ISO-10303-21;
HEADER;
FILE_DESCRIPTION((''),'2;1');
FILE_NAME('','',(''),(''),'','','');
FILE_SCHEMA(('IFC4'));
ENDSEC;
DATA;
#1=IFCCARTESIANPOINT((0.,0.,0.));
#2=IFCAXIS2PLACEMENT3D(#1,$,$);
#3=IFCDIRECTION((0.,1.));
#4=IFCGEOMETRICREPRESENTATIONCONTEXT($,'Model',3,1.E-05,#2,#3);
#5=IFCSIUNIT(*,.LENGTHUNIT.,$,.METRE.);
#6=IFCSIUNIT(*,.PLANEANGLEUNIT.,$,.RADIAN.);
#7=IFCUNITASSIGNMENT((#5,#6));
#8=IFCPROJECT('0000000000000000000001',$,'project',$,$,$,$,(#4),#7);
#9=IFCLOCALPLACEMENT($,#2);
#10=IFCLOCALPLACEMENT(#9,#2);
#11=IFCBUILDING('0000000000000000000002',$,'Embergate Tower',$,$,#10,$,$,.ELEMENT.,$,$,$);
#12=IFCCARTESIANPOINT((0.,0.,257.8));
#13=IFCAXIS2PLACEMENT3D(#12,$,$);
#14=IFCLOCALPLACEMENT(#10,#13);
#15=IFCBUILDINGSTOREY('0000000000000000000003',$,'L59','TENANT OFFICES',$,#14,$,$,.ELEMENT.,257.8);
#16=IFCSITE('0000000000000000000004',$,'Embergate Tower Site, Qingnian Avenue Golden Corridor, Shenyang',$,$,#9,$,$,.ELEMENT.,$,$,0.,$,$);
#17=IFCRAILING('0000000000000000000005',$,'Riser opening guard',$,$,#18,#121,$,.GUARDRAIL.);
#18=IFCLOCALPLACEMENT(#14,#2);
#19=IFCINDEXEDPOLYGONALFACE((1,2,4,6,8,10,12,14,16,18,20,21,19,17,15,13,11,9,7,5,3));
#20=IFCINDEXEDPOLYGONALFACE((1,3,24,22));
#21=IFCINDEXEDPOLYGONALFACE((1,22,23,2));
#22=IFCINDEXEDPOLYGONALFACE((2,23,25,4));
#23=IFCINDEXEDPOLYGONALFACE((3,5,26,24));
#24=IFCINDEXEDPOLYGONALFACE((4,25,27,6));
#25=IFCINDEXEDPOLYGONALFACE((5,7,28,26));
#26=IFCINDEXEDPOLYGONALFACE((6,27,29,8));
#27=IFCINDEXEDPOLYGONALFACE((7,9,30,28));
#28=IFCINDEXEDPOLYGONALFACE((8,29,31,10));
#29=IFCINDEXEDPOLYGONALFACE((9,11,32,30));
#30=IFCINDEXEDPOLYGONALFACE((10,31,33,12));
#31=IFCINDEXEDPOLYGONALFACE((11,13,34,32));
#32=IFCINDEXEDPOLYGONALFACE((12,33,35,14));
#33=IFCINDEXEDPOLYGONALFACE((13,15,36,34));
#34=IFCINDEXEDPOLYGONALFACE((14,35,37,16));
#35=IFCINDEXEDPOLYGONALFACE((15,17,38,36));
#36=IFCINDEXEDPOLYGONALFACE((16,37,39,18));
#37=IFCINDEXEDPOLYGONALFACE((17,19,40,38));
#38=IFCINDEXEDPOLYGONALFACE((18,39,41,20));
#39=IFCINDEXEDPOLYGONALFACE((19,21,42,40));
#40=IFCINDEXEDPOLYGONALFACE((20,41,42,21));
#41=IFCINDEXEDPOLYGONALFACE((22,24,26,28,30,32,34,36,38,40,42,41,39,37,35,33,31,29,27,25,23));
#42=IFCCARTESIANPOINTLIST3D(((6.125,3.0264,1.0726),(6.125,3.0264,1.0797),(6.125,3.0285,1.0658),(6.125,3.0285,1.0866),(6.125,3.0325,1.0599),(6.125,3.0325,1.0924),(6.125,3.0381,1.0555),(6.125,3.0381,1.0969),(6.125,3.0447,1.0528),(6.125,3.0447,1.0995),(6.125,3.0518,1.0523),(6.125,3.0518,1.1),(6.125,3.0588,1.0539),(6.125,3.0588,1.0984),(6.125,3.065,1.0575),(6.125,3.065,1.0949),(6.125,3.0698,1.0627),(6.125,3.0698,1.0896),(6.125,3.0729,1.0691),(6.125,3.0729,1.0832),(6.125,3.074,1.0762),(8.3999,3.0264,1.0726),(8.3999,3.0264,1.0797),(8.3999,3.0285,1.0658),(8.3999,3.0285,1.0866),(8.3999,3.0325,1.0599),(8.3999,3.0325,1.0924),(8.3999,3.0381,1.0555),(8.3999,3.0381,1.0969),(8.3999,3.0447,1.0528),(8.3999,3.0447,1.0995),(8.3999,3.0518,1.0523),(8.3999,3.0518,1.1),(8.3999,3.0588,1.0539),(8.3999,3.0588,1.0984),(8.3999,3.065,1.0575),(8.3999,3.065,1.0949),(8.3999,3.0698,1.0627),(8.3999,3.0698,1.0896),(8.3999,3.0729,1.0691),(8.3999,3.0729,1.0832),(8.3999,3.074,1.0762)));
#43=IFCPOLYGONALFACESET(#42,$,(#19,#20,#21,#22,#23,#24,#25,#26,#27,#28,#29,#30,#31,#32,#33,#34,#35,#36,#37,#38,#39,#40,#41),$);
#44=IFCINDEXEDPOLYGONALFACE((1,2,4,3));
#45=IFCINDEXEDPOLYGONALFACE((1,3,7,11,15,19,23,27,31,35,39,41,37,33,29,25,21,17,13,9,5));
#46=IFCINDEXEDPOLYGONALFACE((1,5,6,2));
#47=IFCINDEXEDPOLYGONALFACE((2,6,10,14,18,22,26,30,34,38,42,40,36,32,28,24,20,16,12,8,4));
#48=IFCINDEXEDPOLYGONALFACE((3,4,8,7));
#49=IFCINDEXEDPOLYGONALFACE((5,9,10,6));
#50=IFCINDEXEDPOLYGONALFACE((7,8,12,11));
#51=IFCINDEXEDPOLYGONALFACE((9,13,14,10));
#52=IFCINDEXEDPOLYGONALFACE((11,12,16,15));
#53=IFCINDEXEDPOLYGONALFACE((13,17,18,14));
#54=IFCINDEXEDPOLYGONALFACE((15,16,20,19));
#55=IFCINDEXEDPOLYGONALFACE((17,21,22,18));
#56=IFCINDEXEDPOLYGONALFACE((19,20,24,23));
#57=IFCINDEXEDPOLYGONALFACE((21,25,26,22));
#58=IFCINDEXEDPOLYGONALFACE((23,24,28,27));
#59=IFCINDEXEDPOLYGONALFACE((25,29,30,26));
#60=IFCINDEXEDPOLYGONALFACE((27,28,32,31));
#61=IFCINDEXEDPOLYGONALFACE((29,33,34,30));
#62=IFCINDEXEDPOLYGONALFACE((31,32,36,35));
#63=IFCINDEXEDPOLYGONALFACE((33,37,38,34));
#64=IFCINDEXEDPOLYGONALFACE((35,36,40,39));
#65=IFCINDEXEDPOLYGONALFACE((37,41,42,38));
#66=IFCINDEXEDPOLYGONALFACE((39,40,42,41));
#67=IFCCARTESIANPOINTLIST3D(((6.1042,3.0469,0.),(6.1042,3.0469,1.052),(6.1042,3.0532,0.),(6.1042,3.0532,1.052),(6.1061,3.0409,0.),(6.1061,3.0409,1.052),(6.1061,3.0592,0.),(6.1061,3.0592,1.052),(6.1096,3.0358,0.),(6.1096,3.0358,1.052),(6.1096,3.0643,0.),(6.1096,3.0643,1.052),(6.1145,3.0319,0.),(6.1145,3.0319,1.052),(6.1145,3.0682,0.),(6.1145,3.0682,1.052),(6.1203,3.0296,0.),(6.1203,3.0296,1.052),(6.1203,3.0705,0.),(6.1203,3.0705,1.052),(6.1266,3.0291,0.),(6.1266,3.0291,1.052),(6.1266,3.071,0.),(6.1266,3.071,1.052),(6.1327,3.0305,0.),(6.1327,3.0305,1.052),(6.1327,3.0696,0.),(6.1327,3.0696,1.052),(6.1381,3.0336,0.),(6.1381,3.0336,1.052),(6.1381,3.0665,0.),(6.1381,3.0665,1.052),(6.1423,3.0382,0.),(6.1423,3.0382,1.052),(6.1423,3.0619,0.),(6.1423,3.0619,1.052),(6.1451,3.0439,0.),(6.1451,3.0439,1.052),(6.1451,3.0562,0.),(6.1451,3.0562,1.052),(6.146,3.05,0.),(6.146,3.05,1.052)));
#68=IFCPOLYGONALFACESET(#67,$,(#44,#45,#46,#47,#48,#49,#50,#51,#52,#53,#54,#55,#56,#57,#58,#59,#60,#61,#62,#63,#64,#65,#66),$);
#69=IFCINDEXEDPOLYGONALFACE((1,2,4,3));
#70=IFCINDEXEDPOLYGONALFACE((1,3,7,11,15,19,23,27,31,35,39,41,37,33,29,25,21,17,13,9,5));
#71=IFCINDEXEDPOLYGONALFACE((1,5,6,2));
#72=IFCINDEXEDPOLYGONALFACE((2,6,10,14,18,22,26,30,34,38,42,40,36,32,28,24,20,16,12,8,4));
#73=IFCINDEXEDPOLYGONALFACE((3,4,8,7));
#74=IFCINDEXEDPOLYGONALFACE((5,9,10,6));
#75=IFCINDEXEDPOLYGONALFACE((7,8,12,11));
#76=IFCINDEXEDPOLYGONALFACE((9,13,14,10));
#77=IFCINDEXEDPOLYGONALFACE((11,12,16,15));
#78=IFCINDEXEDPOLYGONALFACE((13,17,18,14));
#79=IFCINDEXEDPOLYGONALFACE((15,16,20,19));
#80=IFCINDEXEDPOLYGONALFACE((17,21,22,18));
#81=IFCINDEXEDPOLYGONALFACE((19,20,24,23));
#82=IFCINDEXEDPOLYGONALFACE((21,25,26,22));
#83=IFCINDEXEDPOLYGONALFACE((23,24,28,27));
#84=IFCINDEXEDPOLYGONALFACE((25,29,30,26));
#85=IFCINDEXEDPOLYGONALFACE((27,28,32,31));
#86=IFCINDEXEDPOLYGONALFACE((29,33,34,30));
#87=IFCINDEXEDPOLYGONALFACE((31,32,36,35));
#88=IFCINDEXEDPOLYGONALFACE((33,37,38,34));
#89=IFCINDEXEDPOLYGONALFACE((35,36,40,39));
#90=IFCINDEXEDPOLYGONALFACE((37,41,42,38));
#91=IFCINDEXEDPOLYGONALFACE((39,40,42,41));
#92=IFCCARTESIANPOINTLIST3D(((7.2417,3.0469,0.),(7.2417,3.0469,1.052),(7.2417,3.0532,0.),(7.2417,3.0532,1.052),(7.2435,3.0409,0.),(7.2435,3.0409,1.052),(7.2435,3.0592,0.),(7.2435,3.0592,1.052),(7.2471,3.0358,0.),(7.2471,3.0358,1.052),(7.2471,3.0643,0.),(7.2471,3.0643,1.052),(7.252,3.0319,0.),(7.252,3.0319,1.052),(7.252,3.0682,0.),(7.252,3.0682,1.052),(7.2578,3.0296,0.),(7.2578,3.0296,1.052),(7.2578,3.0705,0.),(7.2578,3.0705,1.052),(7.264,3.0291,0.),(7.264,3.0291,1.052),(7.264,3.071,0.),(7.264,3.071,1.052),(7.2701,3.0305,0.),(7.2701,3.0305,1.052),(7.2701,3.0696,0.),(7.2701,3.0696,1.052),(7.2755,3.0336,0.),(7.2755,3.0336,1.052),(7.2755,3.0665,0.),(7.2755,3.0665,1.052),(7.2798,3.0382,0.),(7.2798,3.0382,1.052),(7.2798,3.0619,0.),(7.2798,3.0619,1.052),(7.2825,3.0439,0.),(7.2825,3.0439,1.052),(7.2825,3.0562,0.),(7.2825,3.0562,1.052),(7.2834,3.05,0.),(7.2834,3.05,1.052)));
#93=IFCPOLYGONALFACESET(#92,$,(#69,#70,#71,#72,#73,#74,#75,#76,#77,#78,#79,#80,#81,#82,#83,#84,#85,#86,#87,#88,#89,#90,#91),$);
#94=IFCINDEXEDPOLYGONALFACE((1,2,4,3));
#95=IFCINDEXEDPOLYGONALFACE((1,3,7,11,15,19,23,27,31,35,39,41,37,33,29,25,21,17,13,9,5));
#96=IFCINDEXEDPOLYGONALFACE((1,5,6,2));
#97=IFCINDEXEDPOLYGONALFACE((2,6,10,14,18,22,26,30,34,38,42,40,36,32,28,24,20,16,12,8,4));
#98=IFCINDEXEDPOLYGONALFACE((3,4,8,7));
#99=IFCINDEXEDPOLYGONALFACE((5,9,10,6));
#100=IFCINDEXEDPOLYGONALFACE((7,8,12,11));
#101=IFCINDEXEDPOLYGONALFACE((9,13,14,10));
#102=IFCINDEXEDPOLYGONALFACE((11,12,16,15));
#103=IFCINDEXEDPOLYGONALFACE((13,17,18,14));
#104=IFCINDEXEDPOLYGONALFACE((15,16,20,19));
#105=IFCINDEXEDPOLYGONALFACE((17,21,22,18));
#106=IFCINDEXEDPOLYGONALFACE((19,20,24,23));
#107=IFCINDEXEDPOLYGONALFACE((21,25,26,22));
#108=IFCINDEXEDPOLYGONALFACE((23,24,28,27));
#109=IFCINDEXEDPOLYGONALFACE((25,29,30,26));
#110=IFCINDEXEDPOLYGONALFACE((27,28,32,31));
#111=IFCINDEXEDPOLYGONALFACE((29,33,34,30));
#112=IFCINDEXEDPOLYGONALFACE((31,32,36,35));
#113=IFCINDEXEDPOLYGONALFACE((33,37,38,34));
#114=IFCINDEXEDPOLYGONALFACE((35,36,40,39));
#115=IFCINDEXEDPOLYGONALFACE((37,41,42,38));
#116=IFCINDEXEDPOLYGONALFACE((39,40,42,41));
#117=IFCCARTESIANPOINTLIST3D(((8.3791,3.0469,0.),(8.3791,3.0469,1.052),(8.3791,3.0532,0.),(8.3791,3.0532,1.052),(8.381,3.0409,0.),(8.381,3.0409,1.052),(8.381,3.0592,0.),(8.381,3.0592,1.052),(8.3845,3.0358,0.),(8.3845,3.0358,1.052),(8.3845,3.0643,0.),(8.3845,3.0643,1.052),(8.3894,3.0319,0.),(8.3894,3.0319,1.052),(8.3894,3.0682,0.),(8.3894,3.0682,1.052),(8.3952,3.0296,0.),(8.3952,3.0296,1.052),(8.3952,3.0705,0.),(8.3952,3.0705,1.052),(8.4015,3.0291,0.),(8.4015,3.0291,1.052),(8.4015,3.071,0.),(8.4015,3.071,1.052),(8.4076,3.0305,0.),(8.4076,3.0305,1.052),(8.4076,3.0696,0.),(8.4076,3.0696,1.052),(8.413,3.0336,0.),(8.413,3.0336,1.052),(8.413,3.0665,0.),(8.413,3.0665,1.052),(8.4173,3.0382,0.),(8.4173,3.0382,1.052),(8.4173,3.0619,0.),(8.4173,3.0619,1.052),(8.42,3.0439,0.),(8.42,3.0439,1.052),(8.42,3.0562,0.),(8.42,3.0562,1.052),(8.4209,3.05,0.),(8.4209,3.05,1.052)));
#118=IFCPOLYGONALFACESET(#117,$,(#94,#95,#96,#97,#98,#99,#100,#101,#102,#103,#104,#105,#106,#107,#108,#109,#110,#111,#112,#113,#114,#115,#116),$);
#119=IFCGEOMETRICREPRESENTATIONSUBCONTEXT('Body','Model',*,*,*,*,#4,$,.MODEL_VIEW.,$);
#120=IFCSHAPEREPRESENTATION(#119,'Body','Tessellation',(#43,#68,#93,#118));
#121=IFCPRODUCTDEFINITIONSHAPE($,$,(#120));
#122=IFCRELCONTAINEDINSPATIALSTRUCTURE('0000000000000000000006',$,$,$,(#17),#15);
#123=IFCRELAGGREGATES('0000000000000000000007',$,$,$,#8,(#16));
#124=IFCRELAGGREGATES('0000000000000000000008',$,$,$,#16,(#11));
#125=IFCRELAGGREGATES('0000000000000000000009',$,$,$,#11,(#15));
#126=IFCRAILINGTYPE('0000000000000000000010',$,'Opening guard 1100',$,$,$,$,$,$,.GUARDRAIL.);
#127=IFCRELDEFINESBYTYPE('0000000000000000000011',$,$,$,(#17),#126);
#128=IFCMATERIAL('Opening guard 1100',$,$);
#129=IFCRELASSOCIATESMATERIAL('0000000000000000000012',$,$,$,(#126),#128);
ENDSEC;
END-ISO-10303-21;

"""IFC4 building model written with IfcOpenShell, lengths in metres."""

from ifc_helpers import new_model, si_unit, direction, frame, origin, origin_2d, place, context, subcontext, project, spatial, circle, extrude, source, transform, mapped, material, type_object, element, save


model = new_model("IFC4")

# Units and contexts
model_context = context("Model", 3, precision=1e-05, world=origin(), true_north=direction((0.0, 1.0)))
body_context = subcontext(model_context, "Body", "Model", "MODEL_VIEW")
ifc_project = project(units=[si_unit("LENGTHUNIT", "METRE"), si_unit("PLANEANGLEUNIT", "RADIAN")], contexts=[model_context])

# Site, building, storey
site_placement = place(None, origin())
site = spatial("IfcSite", under=ifc_project, at=site_placement, Name="Embergate Tower Site, Qingnian Avenue Golden Corridor, Shenyang", CompositionType="ELEMENT", RefElevation=0.0)
building_placement = place(site_placement, origin())
building = spatial("IfcBuilding", under=site, at=building_placement, Name="Embergate Tower", CompositionType="ELEMENT")
storey_placement = place(building_placement, frame((0.0, 0.0, 257.8)))
storey = spatial("IfcBuildingStorey", under=building, at=storey_placement, Name="L59", Description="TENANT OFFICES", CompositionType="ELEMENT", Elevation=257.8)

# Railing
ifc_material_1 = material(Name="Opening guard 1100")
railing_type_1 = type_object("IfcRailingType", Name="Opening guard 1100", PredefinedType="GUARDRAIL", material=ifc_material_1)
shared_shape_1 = source(origin(), body_context, "Body", "SweptSolid", [
    extrude(circle(Radius=0.0239, at=origin_2d()), frame((0.0, 0.0, 1.0762), z_axis=(1.0, 0.0, 0.0), x_axis=(0.0, 1.0, 0.0)), (0.0, 0.0, 1.0), 2.2749),
    extrude(circle(Radius=0.021, at=origin_2d()), origin(), (0.0, 0.0, 1.0), 1.052),
    extrude(circle(Radius=0.021, at=origin_2d()), frame((1.1375, 0.0, 0.0)), (0.0, 0.0, 1.0), 1.052),
    extrude(circle(Radius=0.021, at=origin_2d()), frame((2.2749, 0.0, 0.0)), (0.0, 0.0, 1.0), 1.052),
])
railing_1_placement = place(storey_placement, frame((6.125, 3.05, 0.0)))
element("IfcRailing", 1, at=railing_1_placement, inside=storey, type_object=railing_type_1, Name="Riser opening guard", PredefinedType="GUARDRAIL", context=body_context, shape_type="MappedRepresentation", body=[
    mapped(shared_shape_1, transform((0.0, 0.0, 0.0))),
])

save(model, "model.ifc")
